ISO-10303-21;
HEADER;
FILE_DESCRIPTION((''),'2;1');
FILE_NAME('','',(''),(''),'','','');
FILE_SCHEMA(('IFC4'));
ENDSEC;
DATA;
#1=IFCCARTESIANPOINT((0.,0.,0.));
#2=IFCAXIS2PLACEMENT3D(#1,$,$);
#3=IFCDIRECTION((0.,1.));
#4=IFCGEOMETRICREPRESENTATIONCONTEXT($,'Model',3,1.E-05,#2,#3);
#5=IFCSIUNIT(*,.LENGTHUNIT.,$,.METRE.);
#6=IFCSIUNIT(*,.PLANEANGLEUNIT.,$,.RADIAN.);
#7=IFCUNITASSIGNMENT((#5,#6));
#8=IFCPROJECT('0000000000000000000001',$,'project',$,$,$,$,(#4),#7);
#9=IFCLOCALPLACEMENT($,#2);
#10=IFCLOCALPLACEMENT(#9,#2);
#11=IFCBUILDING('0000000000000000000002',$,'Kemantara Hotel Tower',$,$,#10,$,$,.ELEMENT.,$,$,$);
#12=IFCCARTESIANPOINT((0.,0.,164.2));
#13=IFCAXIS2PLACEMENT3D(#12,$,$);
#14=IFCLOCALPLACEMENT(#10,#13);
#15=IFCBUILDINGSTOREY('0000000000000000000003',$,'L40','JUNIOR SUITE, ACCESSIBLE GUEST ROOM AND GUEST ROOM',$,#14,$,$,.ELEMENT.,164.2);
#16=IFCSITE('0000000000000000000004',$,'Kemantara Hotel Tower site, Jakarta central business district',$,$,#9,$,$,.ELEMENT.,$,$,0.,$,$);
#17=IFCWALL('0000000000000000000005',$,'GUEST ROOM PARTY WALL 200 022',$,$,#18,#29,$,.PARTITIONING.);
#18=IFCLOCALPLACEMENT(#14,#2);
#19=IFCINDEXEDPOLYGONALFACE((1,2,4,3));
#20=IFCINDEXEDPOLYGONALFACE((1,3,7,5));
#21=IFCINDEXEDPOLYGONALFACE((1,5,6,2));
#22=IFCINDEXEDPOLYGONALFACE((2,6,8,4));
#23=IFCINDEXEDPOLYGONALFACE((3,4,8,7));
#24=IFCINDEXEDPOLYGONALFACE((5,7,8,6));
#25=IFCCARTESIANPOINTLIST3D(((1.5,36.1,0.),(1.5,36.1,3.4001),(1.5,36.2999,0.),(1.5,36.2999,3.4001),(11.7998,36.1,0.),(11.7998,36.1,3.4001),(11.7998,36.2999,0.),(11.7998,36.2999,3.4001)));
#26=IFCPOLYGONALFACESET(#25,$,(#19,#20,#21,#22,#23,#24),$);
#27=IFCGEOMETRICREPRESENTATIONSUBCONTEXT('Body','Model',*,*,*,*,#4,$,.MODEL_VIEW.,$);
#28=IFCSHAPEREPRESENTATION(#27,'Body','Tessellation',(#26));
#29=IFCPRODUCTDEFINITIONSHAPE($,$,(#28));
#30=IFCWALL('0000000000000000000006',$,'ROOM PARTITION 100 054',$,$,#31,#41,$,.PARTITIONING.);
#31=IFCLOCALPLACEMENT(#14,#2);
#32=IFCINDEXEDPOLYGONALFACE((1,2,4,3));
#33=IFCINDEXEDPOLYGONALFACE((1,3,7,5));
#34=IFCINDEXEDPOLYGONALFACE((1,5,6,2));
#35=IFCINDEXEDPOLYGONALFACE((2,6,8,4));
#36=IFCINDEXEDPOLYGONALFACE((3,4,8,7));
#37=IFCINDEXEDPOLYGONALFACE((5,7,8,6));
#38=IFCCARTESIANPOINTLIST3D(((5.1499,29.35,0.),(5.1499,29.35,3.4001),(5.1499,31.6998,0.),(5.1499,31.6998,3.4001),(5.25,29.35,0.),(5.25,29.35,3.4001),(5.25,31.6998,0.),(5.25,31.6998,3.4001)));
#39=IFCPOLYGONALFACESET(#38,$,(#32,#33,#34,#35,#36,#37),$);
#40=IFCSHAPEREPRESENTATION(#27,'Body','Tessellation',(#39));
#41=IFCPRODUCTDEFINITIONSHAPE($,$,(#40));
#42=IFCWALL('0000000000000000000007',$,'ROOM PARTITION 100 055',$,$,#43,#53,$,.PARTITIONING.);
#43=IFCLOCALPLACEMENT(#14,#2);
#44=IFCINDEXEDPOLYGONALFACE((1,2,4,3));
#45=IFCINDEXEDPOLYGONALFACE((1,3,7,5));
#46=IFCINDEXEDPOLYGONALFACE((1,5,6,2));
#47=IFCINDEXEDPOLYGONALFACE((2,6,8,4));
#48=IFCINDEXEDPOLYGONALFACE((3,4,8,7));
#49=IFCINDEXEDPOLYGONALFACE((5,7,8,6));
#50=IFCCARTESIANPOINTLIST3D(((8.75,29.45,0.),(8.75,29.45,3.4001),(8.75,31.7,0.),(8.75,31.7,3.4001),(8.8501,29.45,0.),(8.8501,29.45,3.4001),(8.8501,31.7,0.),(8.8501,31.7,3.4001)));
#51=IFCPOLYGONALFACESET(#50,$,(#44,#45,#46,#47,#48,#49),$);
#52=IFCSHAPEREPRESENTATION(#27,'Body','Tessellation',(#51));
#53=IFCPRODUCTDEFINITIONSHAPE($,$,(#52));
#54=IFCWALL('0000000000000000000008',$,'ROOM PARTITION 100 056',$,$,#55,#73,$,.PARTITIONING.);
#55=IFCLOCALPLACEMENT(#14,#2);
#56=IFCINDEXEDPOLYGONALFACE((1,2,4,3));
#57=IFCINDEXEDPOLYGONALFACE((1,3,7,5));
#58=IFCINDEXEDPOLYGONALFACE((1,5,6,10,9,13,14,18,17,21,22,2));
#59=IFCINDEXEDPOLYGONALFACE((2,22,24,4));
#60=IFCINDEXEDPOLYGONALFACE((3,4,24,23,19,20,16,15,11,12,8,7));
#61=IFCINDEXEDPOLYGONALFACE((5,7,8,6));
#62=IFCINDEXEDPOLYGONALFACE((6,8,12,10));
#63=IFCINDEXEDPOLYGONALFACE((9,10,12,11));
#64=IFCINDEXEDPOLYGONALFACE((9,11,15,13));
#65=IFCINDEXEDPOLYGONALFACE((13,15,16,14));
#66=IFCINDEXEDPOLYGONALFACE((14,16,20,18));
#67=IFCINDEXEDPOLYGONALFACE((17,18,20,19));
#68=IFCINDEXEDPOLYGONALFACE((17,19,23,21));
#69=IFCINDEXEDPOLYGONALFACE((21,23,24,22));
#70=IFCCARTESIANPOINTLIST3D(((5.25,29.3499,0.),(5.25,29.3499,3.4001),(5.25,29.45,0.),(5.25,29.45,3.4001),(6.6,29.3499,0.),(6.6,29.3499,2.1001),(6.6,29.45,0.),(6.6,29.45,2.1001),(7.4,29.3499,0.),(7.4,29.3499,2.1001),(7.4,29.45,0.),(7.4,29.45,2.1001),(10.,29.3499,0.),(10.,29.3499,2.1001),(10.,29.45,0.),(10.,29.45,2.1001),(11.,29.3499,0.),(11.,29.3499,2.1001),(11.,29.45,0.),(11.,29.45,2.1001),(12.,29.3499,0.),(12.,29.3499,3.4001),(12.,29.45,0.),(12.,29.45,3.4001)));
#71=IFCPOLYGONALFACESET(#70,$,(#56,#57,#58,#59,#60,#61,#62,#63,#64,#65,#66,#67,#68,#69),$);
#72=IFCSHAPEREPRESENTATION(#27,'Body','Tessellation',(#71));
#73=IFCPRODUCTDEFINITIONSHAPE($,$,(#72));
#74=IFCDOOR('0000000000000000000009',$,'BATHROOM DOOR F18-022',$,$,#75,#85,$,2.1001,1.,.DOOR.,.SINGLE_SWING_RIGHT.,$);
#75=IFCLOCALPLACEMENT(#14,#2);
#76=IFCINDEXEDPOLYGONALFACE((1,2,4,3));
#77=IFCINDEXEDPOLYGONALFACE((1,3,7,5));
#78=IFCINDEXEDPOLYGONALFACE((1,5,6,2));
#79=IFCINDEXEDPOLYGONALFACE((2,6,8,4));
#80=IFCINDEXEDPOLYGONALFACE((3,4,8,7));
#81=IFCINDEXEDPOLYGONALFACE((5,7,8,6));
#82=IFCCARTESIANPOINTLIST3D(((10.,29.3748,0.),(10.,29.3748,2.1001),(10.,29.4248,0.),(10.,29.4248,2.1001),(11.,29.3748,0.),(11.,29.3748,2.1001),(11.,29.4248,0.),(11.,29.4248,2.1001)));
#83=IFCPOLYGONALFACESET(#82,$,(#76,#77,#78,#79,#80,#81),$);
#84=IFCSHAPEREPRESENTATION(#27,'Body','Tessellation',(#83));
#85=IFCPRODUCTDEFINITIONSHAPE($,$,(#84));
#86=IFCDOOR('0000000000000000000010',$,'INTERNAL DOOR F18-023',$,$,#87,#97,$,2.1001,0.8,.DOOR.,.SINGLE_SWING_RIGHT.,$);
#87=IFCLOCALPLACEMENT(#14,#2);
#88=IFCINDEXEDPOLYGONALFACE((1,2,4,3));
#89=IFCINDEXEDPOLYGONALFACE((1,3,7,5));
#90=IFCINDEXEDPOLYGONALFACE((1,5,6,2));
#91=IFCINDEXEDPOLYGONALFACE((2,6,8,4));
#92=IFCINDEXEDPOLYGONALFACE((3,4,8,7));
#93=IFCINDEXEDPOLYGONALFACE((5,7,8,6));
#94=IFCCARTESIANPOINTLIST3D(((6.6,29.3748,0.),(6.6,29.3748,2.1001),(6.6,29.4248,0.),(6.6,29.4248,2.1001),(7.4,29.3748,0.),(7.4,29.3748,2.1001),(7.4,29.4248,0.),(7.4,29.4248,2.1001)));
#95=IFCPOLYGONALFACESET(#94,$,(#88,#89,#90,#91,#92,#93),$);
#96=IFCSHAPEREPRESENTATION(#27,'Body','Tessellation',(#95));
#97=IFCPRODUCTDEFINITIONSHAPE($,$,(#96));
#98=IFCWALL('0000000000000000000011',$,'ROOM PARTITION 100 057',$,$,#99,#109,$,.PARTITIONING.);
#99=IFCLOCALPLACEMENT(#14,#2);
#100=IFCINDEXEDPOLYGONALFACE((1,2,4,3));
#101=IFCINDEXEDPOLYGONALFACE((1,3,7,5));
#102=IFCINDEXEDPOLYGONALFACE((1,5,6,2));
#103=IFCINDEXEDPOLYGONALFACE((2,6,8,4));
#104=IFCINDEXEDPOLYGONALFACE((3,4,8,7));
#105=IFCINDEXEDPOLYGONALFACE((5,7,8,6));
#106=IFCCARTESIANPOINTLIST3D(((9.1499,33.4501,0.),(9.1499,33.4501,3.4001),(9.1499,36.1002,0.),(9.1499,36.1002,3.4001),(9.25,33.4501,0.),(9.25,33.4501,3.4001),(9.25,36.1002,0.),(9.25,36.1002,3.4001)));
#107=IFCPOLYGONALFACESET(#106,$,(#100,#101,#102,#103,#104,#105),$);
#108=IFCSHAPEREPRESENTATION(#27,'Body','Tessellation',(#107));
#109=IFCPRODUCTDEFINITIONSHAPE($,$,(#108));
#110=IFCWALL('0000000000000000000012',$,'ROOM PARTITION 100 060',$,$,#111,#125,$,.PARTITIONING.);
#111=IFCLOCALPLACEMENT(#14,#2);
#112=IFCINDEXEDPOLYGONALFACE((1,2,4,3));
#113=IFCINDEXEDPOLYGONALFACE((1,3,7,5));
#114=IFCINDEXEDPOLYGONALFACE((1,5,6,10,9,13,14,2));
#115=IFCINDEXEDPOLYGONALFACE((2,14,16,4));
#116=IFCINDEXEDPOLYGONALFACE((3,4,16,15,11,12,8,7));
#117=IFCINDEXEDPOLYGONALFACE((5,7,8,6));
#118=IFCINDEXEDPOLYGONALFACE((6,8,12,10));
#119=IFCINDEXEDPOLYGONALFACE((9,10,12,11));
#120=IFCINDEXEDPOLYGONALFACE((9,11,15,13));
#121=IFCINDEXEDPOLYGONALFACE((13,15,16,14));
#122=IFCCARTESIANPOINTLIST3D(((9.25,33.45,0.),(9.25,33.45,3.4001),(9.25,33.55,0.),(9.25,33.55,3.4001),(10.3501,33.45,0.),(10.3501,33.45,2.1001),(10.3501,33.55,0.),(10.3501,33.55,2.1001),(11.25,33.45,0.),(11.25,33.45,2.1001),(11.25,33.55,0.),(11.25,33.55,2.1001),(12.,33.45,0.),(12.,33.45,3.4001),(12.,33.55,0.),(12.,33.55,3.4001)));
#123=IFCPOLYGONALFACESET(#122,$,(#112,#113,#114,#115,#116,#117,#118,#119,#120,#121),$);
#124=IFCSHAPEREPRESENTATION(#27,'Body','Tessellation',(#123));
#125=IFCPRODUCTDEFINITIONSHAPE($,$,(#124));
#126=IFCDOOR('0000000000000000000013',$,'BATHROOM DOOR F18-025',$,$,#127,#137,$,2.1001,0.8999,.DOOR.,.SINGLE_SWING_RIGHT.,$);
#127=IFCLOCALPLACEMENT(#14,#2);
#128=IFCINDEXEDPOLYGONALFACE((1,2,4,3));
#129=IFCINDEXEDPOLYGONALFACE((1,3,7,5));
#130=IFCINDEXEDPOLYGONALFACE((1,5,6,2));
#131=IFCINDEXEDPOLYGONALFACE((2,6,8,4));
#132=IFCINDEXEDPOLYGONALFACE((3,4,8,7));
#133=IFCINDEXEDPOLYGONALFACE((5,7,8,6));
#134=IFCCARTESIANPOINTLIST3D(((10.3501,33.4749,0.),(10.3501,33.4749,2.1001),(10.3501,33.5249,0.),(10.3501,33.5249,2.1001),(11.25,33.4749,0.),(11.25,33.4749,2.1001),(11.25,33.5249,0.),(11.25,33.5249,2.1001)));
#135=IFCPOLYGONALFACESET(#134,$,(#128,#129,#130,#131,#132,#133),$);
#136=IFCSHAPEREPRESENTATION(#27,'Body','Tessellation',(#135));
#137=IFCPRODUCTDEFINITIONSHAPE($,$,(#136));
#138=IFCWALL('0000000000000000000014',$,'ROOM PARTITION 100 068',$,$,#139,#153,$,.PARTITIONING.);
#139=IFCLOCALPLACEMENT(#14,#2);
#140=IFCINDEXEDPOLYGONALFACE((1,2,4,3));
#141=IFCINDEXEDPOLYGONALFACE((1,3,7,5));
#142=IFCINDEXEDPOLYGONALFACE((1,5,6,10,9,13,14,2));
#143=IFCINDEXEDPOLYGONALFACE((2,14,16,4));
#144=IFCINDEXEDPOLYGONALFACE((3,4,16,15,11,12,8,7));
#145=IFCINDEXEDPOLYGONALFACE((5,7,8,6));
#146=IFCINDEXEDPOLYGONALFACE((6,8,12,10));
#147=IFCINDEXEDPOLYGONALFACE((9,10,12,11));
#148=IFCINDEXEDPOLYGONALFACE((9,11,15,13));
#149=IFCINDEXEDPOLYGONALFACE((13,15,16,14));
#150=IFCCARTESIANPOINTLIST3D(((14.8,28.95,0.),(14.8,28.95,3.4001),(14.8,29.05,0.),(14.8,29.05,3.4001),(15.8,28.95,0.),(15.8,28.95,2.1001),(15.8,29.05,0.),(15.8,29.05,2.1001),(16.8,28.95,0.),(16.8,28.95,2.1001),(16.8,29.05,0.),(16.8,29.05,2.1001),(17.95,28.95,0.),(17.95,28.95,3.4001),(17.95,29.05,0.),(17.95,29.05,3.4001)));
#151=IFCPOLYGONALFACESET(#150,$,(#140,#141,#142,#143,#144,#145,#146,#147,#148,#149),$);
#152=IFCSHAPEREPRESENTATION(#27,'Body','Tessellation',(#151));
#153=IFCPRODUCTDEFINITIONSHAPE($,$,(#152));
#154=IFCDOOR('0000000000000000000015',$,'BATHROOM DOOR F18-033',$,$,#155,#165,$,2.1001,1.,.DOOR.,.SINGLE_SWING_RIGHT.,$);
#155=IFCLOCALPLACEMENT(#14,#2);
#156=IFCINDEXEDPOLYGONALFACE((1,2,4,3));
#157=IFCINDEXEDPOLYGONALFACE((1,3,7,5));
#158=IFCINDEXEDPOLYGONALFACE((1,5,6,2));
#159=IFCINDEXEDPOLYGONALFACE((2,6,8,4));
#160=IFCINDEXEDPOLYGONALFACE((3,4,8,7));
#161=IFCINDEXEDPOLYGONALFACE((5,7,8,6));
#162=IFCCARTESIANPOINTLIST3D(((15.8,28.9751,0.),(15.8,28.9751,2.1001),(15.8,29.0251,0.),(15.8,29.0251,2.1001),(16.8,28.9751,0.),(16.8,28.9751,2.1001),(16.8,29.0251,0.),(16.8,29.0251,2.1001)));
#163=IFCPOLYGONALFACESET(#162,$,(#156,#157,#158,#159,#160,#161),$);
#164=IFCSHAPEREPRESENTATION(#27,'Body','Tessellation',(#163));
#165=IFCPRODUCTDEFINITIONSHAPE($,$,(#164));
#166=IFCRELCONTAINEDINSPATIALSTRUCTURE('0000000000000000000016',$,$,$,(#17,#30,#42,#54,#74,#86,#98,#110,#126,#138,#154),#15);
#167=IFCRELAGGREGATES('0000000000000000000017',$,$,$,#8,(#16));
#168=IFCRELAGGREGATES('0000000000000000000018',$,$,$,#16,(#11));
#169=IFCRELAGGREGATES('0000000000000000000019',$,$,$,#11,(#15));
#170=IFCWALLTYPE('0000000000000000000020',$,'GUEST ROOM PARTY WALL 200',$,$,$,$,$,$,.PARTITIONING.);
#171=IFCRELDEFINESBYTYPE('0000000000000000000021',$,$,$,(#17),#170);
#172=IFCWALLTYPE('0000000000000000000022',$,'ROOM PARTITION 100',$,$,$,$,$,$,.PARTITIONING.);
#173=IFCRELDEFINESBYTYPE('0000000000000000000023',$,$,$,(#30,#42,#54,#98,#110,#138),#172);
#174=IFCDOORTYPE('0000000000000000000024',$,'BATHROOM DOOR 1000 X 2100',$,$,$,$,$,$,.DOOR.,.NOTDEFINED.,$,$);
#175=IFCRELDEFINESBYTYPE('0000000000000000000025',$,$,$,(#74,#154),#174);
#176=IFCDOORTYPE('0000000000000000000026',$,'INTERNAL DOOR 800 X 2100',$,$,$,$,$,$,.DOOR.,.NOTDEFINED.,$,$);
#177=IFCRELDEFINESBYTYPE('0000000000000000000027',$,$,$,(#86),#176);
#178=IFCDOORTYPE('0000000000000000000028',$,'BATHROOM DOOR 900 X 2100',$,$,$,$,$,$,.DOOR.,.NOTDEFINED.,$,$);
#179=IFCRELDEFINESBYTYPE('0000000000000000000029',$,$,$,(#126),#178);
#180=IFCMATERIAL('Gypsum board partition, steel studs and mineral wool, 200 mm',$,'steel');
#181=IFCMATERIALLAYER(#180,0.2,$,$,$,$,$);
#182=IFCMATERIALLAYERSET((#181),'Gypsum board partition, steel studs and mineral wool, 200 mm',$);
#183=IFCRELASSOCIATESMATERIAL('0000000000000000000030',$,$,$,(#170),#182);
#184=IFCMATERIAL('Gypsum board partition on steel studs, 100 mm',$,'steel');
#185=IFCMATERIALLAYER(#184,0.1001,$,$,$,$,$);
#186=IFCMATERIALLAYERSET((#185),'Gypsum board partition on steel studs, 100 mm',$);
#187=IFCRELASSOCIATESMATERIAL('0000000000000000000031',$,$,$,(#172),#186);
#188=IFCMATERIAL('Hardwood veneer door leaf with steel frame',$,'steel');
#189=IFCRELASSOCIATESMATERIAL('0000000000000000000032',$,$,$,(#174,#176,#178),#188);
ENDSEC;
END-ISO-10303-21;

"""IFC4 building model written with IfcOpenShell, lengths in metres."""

from ifc_helpers import new_model, si_unit, direction, frame, frame_2d, origin, place, context, subcontext, project, spatial, rectangle, extrude, material, layer, layer_set, type_object, element, fill, save


model = new_model("IFC4")

# Units and contexts
model_context = context("Model", 3, precision=1e-05, world=origin(), true_north=direction((0.0, 1.0)))
body_context = subcontext(model_context, "Body", "Model", "MODEL_VIEW")
ifc_project = project(units=[si_unit("LENGTHUNIT", "METRE"), si_unit("PLANEANGLEUNIT", "RADIAN")], contexts=[model_context])

# Site, building, storey
site_placement = place(None, origin())
site = spatial("IfcSite", under=ifc_project, at=site_placement, Name="Kemantara Hotel Tower site, Jakarta central business district", CompositionType="ELEMENT", RefElevation=0.0)
building_placement = place(site_placement, origin())
building = spatial("IfcBuilding", under=site, at=building_placement, Name="Kemantara Hotel Tower", CompositionType="ELEMENT")
storey_placement = place(building_placement, frame((0.0, 0.0, 164.2)))
storey = spatial("IfcBuildingStorey", under=building, at=storey_placement, Name="L40", Description="JUNIOR SUITE, ACCESSIBLE GUEST ROOM AND GUEST ROOM", CompositionType="ELEMENT", Elevation=164.2)

# Shared definitions
ifc_material_1 = material(Name="Gypsum board partition, steel studs and mineral wool, 200 mm", Category="steel")
ifc_material_2 = material(Name="Hardwood veneer door leaf with steel frame", Category="steel")

# Walls
ifc_layer_1 = layer(ifc_material_1, 0.2)
ifc_layer_set_1 = layer_set([ifc_layer_1], Name="Gypsum board partition, steel studs and mineral wool, 200 mm")
wall_type_1 = type_object("IfcWallType", Name="GUEST ROOM PARTY WALL 200", PredefinedType="PARTITIONING", material=ifc_layer_set_1)
wall_1_placement = place(storey_placement, frame((1.5, 36.2, 0.0), z_axis=(0.0, 0.0, 1.0), x_axis=(1.0, 0.0, 0.0)))
element("IfcWall", 1, at=wall_1_placement, inside=storey, type_object=wall_type_1, Name="GUEST ROOM PARTY WALL 200 022", PredefinedType="PARTITIONING", context=body_context, shape_type="SweptSolid", body=[
    extrude(rectangle(XDim=10.2998, YDim=0.2, at=frame_2d((5.1499, 0.0))), origin(), (0.0, 0.0, 1.0), 3.4001),
])
ifc_material_3 = material(Name="Gypsum board partition on steel studs, 100 mm", Category="steel")
ifc_layer_2 = layer(ifc_material_3, 0.1001)
ifc_layer_set_2 = layer_set([ifc_layer_2], Name="Gypsum board partition on steel studs, 100 mm")
wall_type_2 = type_object("IfcWallType", Name="ROOM PARTITION 100", PredefinedType="PARTITIONING", material=ifc_layer_set_2)
wall_2_placement = place(storey_placement, frame((5.2, 29.3501, 0.0), z_axis=(0.0, 0.0, 1.0), x_axis=(0.0, 1.0, 0.0)))
element("IfcWall", 2, at=wall_2_placement, inside=storey, type_object=wall_type_2, Name="ROOM PARTITION 100 054", PredefinedType="PARTITIONING", context=body_context, shape_type="SweptSolid", body=[
    extrude(rectangle(XDim=2.3499, YDim=0.1001, at=frame_2d((1.1748, 0.0))), origin(), (0.0, 0.0, 1.0), 3.4001),
])
wall_3_placement = place(storey_placement, frame((8.8, 29.45, 0.0), z_axis=(0.0, 0.0, 1.0), x_axis=(0.0, 1.0, 0.0)))
element("IfcWall", 3, at=wall_3_placement, inside=storey, type_object=wall_type_2, Name="ROOM PARTITION 100 055", PredefinedType="PARTITIONING", context=body_context, shape_type="SweptSolid", body=[
    extrude(rectangle(XDim=2.25, YDim=0.1001, at=frame_2d((1.125, 0.0))), origin(), (0.0, 0.0, 1.0), 3.4001),
])

# Wall, openings, doors
wall_4_placement = place(storey_placement, frame((5.25, 29.3999, 0.0), z_axis=(0.0, 0.0, 1.0), x_axis=(1.0, 0.0, 0.0)))
wall_4 = element("IfcWall", 4, at=wall_4_placement, inside=storey, type_object=wall_type_2, Name="ROOM PARTITION 100 056", PredefinedType="PARTITIONING", context=body_context, shape_type="SweptSolid", body=[
    extrude(rectangle(XDim=6.75, YDim=0.1001, at=frame_2d((3.375, 0.0))), origin(), (0.0, 0.0, 1.0), 3.4001),
])
opening_1_placement = place(wall_4_placement, frame((4.75, 0.0, 0.0)))
opening_1 = element("IfcOpeningElement", 5, at=opening_1_placement, cuts=wall_4, PredefinedType="OPENING", context=body_context, shape_type="SweptSolid", body=[
    extrude(rectangle(XDim=1.0, YDim=2.1001, at=frame_2d((0.5, 1.05))), frame((0.0, 0.0601, 0.0), z_axis=(0.0, -1.0, 0.0), x_axis=(1.0, 0.0, 0.0)), (0.0, 0.0, 1.0), 0.1201),
])
opening_2_placement = place(wall_4_placement, frame((1.3501, 0.0, 0.0)))
opening_2 = element("IfcOpeningElement", 6, at=opening_2_placement, cuts=wall_4, PredefinedType="OPENING", context=body_context, shape_type="SweptSolid", body=[
    extrude(rectangle(XDim=0.8, YDim=2.1001, at=frame_2d((0.3999, 1.05))), frame((0.0, 0.0601, 0.0), z_axis=(0.0, -1.0, 0.0), x_axis=(1.0, 0.0, 0.0)), (0.0, 0.0, 1.0), 0.1201),
])
door_type_1 = type_object("IfcDoorType", Name="BATHROOM DOOR 1000 X 2100", OperationType="NOTDEFINED", PredefinedType="DOOR", material=ifc_material_2)
door_1_placement = place(opening_1_placement, origin())
door_1 = element("IfcDoor", 7, at=door_1_placement, inside=storey, type_object=door_type_1, Name="BATHROOM DOOR F18-022", OperationType="SINGLE_SWING_RIGHT", OverallHeight=2.1001, OverallWidth=1.0, PredefinedType="DOOR", context=body_context, shape_type="SweptSolid", body=[
    extrude(rectangle(XDim=1.0, YDim=2.1001, at=frame_2d((0.5, 1.05))), frame((0.0, 0.0249, 0.0), z_axis=(0.0, -1.0, 0.0), x_axis=(1.0, 0.0, 0.0)), (0.0, 0.0, 1.0), 0.05),
])
fill(opening_1, door_1)
door_type_2 = type_object("IfcDoorType", Name="INTERNAL DOOR 800 X 2100", OperationType="NOTDEFINED", PredefinedType="DOOR", material=ifc_material_2)
door_2_placement = place(opening_2_placement, origin())
door_2 = element("IfcDoor", 8, at=door_2_placement, inside=storey, type_object=door_type_2, Name="INTERNAL DOOR F18-023", OperationType="SINGLE_SWING_RIGHT", OverallHeight=2.1001, OverallWidth=0.8, PredefinedType="DOOR", context=body_context, shape_type="SweptSolid", body=[
    extrude(rectangle(XDim=0.8, YDim=2.1001, at=frame_2d((0.3999, 1.05))), frame((0.0, 0.0249, 0.0), z_axis=(0.0, -1.0, 0.0), x_axis=(1.0, 0.0, 0.0)), (0.0, 0.0, 1.0), 0.05),
])
fill(opening_2, door_2)

# Wall
wall_5_placement = place(storey_placement, frame((9.2, 33.45, 0.0), z_axis=(0.0, 0.0, 1.0), x_axis=(0.0, 1.0, 0.0)))
element("IfcWall", 9, at=wall_5_placement, inside=storey, type_object=wall_type_2, Name="ROOM PARTITION 100 057", PredefinedType="PARTITIONING", context=body_context, shape_type="SweptSolid", body=[
    extrude(rectangle(XDim=2.6501, YDim=0.1001, at=frame_2d((1.3252, 0.0))), origin(), (0.0, 0.0, 1.0), 3.4001),
])

# Walls, openings, doors
wall_6_placement = place(storey_placement, frame((9.25, 33.5, 0.0), z_axis=(0.0, 0.0, 1.0), x_axis=(1.0, 0.0, 0.0)))
wall_6 = element("IfcWall", 10, at=wall_6_placement, inside=storey, type_object=wall_type_2, Name="ROOM PARTITION 100 060", PredefinedType="PARTITIONING", context=body_context, shape_type="SweptSolid", body=[
    extrude(rectangle(XDim=2.75, YDim=0.1001, at=frame_2d((1.375, 0.0))), origin(), (0.0, 0.0, 1.0), 3.4001),
])
opening_3_placement = place(wall_6_placement, frame((1.1001, 0.0, 0.0)))
opening_3 = element("IfcOpeningElement", 11, at=opening_3_placement, cuts=wall_6, PredefinedType="OPENING", context=body_context, shape_type="SweptSolid", body=[
    extrude(rectangle(XDim=0.8999, YDim=2.1001, at=frame_2d((0.45, 1.05))), frame((0.0, 0.0601, 0.0), z_axis=(0.0, -1.0, 0.0), x_axis=(1.0, 0.0, 0.0)), (0.0, 0.0, 1.0), 0.1201),
])
door_type_3 = type_object("IfcDoorType", Name="BATHROOM DOOR 900 X 2100", OperationType="NOTDEFINED", PredefinedType="DOOR", material=ifc_material_2)
door_3_placement = place(opening_3_placement, origin())
door_3 = element("IfcDoor", 12, at=door_3_placement, inside=storey, type_object=door_type_3, Name="BATHROOM DOOR F18-025", OperationType="SINGLE_SWING_RIGHT", OverallHeight=2.1001, OverallWidth=0.8999, PredefinedType="DOOR", context=body_context, shape_type="SweptSolid", body=[
    extrude(rectangle(XDim=0.8999, YDim=2.1001, at=frame_2d((0.45, 1.05))), frame((0.0, 0.0249, 0.0), z_axis=(0.0, -1.0, 0.0), x_axis=(1.0, 0.0, 0.0)), (0.0, 0.0, 1.0), 0.05),
])
fill(opening_3, door_3)
wall_7_placement = place(storey_placement, frame((17.95, 29.0, 0.0), z_axis=(0.0, 0.0, 1.0), x_axis=(-1.0, 0.0, 0.0)))
wall_7 = element("IfcWall", 13, at=wall_7_placement, inside=storey, type_object=wall_type_2, Name="ROOM PARTITION 100 068", PredefinedType="PARTITIONING", context=body_context, shape_type="SweptSolid", body=[
    extrude(rectangle(XDim=3.1499, YDim=0.1001, at=frame_2d((1.575, 0.0))), origin(), (0.0, 0.0, 1.0), 3.4001),
])
opening_4_placement = place(wall_7_placement, frame((1.1499, 0.0, 0.0)))
opening_4 = element("IfcOpeningElement", 14, at=opening_4_placement, cuts=wall_7, PredefinedType="OPENING", context=body_context, shape_type="SweptSolid", body=[
    extrude(rectangle(XDim=1.0, YDim=2.1001, at=frame_2d((0.5, 1.05))), frame((0.0, 0.0601, 0.0), z_axis=(0.0, -1.0, 0.0), x_axis=(1.0, 0.0, 0.0)), (0.0, 0.0, 1.0), 0.1201),
])
door_4_placement = place(opening_4_placement, origin())
door_4 = element("IfcDoor", 15, at=door_4_placement, inside=storey, type_object=door_type_1, Name="BATHROOM DOOR F18-033", OperationType="SINGLE_SWING_RIGHT", OverallHeight=2.1001, OverallWidth=1.0, PredefinedType="DOOR", context=body_context, shape_type="SweptSolid", body=[
    extrude(rectangle(XDim=1.0, YDim=2.1001, at=frame_2d((0.5, 1.05))), frame((0.0, 0.0249, 0.0), z_axis=(0.0, -1.0, 0.0), x_axis=(1.0, 0.0, 0.0)), (0.0, 0.0, 1.0), 0.05),
])
fill(opening_4, door_4)

save(model, "model.ifc")
